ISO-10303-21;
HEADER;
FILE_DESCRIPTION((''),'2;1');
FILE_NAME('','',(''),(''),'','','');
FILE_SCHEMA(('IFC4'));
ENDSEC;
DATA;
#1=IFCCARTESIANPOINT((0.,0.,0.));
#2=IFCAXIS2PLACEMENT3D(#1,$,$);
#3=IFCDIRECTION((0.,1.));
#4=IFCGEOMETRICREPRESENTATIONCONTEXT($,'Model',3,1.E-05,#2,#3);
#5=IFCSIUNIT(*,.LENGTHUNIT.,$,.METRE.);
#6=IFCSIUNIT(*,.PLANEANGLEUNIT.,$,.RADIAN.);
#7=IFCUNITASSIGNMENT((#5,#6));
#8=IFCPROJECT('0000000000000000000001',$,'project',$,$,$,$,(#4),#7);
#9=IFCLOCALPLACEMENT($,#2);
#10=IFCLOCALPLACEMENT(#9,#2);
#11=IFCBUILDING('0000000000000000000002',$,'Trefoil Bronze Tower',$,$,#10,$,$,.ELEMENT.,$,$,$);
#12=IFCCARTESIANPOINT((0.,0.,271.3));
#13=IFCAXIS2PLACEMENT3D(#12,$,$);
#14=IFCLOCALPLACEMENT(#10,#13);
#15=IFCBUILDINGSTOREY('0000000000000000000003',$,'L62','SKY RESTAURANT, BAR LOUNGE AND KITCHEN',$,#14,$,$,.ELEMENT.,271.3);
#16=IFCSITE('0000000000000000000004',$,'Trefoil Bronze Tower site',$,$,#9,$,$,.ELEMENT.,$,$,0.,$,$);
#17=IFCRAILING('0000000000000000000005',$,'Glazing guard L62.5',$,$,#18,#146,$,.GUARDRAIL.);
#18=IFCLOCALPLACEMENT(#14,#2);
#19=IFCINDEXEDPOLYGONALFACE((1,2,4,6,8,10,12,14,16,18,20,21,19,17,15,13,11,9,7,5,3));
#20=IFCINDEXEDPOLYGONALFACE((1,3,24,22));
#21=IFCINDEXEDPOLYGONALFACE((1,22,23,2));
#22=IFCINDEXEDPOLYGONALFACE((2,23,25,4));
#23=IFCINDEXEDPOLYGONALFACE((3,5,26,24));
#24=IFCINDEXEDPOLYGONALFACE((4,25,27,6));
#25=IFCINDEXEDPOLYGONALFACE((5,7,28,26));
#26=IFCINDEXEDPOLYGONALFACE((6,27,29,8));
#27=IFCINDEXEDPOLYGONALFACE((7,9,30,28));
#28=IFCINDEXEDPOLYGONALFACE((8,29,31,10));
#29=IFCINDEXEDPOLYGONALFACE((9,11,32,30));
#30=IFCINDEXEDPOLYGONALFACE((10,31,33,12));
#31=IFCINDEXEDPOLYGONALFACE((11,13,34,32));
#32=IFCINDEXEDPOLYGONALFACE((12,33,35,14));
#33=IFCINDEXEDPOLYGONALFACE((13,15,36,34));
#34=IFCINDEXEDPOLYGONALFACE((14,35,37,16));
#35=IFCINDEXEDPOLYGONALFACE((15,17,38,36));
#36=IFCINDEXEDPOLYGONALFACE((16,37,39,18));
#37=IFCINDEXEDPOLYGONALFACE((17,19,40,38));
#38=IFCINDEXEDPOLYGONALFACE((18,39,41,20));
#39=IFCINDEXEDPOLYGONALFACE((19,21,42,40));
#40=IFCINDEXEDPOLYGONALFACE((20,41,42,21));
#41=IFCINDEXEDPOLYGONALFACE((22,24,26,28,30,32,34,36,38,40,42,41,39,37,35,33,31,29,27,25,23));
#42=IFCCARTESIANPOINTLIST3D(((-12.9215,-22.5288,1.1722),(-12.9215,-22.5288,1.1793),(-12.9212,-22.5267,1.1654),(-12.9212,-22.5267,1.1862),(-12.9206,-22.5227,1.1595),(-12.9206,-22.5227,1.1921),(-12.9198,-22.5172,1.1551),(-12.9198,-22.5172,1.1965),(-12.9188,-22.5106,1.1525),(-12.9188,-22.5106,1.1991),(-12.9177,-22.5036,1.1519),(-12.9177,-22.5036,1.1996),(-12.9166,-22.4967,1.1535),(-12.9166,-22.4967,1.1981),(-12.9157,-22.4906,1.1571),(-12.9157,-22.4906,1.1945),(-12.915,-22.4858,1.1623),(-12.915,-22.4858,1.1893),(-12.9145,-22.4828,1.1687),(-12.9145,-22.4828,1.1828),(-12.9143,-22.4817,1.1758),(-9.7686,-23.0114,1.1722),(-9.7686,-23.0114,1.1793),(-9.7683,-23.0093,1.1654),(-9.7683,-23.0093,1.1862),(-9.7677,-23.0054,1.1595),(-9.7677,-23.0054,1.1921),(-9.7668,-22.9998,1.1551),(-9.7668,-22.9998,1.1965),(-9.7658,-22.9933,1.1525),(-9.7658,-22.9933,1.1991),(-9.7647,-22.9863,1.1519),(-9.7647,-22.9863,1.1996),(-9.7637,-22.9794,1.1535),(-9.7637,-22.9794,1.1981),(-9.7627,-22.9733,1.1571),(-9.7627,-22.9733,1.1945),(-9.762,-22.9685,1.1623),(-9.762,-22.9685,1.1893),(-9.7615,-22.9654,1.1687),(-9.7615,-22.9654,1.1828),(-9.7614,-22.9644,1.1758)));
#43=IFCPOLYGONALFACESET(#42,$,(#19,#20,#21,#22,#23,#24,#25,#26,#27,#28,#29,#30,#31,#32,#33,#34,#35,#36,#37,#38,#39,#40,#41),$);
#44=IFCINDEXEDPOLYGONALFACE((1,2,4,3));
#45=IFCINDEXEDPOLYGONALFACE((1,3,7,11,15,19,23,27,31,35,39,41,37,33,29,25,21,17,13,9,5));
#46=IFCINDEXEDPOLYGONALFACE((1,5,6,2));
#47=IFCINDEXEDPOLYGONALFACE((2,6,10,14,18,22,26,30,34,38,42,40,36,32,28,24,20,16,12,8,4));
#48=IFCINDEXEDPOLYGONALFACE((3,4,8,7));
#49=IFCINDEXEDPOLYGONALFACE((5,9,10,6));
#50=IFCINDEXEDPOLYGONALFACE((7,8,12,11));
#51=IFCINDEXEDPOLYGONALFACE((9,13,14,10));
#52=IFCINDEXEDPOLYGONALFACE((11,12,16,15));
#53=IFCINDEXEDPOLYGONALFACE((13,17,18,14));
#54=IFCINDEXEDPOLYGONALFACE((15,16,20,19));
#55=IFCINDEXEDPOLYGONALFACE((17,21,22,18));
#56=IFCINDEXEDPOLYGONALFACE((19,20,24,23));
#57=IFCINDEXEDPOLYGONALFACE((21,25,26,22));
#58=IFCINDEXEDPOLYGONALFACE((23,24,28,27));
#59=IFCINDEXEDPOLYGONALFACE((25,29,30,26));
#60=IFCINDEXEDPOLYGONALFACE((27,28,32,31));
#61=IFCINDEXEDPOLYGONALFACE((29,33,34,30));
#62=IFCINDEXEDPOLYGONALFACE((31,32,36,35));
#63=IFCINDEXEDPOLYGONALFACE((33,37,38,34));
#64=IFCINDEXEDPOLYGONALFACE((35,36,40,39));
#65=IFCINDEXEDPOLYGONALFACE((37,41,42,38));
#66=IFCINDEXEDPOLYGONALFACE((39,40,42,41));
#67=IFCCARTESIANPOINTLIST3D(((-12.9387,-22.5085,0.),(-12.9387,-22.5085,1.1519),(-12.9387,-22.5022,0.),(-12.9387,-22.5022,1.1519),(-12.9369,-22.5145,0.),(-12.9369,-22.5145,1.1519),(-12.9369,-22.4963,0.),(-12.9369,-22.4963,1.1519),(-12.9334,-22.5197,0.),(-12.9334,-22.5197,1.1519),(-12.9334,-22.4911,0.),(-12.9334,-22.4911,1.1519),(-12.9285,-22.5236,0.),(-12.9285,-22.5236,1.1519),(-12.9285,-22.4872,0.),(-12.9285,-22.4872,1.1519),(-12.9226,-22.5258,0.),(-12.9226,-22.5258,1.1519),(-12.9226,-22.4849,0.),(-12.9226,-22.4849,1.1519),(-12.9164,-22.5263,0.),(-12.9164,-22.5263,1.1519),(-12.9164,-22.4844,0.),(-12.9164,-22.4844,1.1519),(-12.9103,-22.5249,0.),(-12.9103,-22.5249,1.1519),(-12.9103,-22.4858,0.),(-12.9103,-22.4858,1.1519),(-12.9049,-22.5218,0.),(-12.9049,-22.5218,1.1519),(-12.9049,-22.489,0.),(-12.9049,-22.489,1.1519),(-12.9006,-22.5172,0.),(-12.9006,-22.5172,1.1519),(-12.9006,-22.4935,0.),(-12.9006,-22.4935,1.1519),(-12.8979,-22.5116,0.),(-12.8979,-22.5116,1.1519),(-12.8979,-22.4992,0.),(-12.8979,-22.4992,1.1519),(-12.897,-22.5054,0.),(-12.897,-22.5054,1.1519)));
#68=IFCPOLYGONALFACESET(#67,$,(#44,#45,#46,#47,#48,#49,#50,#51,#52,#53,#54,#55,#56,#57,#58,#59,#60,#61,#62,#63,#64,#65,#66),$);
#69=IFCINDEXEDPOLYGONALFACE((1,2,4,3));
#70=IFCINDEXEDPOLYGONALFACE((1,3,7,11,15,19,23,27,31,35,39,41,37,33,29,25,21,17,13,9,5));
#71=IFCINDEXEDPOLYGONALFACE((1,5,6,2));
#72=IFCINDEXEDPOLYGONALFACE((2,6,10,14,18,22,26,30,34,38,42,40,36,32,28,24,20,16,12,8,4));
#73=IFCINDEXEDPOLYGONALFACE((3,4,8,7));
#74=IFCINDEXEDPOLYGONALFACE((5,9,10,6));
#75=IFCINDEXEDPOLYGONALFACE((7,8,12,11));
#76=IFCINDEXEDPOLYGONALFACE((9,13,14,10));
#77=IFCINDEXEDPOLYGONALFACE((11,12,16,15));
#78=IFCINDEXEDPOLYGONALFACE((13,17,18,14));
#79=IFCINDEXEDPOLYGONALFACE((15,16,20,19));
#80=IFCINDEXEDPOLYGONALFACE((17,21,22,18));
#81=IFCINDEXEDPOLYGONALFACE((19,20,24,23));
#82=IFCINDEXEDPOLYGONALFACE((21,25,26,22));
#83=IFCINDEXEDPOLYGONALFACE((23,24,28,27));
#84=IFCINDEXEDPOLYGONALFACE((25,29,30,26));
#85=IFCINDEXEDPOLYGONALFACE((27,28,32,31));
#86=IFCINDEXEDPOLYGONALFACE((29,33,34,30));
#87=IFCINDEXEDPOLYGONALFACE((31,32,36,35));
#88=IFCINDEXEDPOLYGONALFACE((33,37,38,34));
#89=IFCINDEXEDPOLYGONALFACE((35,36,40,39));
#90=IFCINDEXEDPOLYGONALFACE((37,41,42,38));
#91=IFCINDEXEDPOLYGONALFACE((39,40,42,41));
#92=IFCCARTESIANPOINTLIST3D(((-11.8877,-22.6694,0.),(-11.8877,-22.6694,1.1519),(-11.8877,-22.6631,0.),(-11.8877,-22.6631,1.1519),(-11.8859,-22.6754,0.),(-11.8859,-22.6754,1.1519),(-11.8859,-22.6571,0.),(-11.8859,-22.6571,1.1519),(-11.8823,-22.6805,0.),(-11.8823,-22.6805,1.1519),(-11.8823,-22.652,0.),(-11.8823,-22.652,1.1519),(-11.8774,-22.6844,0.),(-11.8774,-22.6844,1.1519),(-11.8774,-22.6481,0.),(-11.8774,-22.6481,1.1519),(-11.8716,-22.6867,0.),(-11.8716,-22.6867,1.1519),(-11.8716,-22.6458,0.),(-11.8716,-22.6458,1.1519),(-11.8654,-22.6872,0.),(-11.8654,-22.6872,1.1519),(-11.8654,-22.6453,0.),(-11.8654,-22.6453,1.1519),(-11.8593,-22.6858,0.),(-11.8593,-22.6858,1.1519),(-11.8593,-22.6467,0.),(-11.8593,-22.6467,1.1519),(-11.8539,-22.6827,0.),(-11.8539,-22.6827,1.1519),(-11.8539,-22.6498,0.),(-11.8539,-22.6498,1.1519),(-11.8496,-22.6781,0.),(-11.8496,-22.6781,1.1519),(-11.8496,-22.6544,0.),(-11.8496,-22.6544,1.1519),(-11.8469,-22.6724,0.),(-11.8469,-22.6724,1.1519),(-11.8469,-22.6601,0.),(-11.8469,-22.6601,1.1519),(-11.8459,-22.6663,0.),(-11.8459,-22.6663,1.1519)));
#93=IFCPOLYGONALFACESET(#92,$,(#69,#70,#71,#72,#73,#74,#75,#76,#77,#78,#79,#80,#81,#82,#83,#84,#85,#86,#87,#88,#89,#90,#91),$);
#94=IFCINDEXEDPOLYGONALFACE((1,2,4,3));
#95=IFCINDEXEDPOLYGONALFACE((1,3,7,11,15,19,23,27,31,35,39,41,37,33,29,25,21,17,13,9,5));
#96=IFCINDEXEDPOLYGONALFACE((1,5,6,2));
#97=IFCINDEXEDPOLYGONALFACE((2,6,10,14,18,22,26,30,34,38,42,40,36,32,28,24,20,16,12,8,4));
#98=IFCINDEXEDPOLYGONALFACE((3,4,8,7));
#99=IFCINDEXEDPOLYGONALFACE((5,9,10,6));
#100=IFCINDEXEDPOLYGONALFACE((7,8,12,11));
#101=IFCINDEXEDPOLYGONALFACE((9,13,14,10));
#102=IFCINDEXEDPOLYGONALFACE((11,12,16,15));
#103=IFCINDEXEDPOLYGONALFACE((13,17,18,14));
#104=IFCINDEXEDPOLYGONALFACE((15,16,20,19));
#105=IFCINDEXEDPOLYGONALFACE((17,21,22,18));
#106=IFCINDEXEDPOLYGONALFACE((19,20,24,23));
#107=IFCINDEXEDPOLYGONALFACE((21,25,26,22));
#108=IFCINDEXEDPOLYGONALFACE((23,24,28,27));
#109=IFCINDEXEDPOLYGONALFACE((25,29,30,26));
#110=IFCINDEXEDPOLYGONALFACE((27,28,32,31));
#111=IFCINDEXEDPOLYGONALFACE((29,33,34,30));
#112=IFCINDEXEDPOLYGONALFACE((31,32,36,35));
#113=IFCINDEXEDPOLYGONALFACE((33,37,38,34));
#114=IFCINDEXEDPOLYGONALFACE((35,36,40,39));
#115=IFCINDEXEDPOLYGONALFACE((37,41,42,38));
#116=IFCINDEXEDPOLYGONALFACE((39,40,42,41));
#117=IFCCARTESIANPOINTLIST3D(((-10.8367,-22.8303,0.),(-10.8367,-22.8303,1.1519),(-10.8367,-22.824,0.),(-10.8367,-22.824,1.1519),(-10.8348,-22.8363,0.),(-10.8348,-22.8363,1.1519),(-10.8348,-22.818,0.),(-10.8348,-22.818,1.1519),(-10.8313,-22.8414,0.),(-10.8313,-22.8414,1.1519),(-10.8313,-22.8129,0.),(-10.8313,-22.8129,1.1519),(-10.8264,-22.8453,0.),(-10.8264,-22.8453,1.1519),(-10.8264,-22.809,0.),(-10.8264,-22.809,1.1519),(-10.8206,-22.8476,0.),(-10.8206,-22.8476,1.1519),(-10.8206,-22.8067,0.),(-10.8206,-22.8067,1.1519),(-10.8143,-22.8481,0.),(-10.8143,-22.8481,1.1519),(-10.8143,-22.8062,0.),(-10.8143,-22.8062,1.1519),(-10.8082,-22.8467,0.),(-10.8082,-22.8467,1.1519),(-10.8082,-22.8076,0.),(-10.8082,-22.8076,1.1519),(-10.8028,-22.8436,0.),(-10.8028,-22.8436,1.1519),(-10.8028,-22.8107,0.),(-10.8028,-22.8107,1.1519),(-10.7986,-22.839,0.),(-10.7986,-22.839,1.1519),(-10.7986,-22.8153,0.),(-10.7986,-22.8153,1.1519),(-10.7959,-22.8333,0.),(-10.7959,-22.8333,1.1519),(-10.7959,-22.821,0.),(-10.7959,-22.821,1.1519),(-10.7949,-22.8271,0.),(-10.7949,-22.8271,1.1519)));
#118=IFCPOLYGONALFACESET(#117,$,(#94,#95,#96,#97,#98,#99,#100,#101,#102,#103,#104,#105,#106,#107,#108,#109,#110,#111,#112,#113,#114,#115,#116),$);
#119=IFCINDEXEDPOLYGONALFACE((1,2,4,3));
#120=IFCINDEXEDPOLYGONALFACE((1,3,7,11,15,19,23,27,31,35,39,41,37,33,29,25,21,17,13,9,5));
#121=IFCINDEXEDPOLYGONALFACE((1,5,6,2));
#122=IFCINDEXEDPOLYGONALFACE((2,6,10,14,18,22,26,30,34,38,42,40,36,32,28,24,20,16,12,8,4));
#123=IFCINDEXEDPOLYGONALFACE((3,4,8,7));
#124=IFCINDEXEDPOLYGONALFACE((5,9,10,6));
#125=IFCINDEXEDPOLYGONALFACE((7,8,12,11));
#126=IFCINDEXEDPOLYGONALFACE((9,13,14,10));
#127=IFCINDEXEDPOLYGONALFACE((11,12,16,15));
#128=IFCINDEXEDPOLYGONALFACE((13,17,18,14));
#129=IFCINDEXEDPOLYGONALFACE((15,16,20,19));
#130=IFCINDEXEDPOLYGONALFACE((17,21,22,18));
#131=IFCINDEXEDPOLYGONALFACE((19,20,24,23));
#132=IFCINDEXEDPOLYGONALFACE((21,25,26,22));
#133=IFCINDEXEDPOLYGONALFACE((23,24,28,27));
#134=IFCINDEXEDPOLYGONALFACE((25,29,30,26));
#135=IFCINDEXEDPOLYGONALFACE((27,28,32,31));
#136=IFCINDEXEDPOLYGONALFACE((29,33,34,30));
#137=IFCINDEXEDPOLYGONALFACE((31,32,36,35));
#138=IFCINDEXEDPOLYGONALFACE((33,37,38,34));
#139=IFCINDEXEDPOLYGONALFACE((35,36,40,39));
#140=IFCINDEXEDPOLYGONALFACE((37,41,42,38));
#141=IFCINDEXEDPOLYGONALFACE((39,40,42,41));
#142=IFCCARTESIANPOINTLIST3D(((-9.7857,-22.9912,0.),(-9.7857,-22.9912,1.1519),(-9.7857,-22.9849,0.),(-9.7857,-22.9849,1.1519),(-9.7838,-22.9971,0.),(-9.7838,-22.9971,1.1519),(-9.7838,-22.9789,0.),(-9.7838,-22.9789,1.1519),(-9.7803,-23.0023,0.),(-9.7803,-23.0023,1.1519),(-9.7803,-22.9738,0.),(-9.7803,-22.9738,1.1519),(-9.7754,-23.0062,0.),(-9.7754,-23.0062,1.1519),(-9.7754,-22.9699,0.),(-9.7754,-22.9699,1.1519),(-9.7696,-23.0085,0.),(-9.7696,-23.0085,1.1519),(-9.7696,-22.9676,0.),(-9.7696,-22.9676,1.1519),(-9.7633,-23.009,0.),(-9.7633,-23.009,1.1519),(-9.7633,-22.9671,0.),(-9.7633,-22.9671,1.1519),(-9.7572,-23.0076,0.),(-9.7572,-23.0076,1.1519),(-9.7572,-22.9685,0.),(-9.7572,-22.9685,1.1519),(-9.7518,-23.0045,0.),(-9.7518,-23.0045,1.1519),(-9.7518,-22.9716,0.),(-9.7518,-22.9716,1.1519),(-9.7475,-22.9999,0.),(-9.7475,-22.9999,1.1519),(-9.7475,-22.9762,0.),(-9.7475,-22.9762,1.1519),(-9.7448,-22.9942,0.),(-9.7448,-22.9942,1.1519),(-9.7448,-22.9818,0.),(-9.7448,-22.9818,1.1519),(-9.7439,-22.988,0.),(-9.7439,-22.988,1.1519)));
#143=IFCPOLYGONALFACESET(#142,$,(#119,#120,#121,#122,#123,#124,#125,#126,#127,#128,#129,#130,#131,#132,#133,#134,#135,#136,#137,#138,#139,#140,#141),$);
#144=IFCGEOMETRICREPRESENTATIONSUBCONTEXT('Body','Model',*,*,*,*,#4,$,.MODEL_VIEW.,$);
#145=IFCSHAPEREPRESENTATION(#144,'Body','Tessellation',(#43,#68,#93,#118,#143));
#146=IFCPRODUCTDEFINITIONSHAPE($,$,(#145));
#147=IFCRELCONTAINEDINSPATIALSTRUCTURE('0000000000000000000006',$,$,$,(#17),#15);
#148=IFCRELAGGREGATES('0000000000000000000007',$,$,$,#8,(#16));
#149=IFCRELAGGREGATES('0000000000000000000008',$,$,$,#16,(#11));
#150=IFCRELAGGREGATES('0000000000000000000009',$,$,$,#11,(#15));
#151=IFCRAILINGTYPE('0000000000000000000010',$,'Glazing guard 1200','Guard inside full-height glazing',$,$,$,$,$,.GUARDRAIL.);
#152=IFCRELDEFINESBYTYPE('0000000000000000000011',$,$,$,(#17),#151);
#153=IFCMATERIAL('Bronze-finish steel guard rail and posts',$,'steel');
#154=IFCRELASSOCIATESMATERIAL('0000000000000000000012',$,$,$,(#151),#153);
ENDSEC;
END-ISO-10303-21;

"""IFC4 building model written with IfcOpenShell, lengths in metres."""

from ifc_helpers import new_model, si_unit, direction, frame, origin, origin_2d, place, context, subcontext, project, spatial, circle, extrude, material, type_object, element, save


model = new_model("IFC4")

# Units and contexts
model_context = context("Model", 3, precision=1e-05, world=origin(), true_north=direction((0.0, 1.0)))
body_context = subcontext(model_context, "Body", "Model", "MODEL_VIEW")
ifc_project = project(units=[si_unit("LENGTHUNIT", "METRE"), si_unit("PLANEANGLEUNIT", "RADIAN")], contexts=[model_context])

# Site, building, storey
site_placement = place(None, origin())
site = spatial("IfcSite", under=ifc_project, at=site_placement, Name="Trefoil Bronze Tower site", CompositionType="ELEMENT", RefElevation=0.0)
building_placement = place(site_placement, origin())
building = spatial("IfcBuilding", under=site, at=building_placement, Name="Trefoil Bronze Tower", CompositionType="ELEMENT")
storey_placement = place(building_placement, frame((0.0, 0.0, 271.3)))
storey = spatial("IfcBuildingStorey", under=building, at=storey_placement, Name="L62", Description="SKY RESTAURANT, BAR LOUNGE AND KITCHEN", CompositionType="ELEMENT", Elevation=271.3)

# Railing
ifc_material_1 = material(Name="Bronze-finish steel guard rail and posts", Category="steel")
railing_type = type_object("IfcRailingType", Name="Glazing guard 1200", Description="Guard inside full-height glazing", PredefinedType="GUARDRAIL", material=ifc_material_1)
railing_1_placement = place(storey_placement, frame((-12.918, -22.5054, 0.0)))
element("IfcRailing", 1, at=railing_1_placement, inside=storey, type_object=railing_type, Name="Glazing guard L62.5", PredefinedType="GUARDRAIL", context=body_context, shape_type="SweptSolid", body=[
    extrude(circle(Radius=0.0239, at=origin_2d()), frame((0.0, 0.0, 1.1758), z_axis=(0.988486, -0.151315, 0.0), x_axis=(0.151315, 0.988486, 0.0)), (0.0, 0.0, 1.0), 3.1897),
    extrude(circle(Radius=0.021, at=origin_2d()), origin(), (0.0, 0.0, 1.0), 1.1519),
    extrude(circle(Radius=0.021, at=origin_2d()), frame((1.051, -0.1609, 0.0)), (0.0, 0.0, 1.0), 1.1519),
    extrude(circle(Radius=0.021, at=origin_2d()), frame((2.1021, -0.3218, 0.0)), (0.0, 0.0, 1.0), 1.1519),
    extrude(circle(Radius=0.021, at=origin_2d()), frame((3.1531, -0.4827, 0.0)), (0.0, 0.0, 1.0), 1.1519),
])

save(model, "model.ifc")
